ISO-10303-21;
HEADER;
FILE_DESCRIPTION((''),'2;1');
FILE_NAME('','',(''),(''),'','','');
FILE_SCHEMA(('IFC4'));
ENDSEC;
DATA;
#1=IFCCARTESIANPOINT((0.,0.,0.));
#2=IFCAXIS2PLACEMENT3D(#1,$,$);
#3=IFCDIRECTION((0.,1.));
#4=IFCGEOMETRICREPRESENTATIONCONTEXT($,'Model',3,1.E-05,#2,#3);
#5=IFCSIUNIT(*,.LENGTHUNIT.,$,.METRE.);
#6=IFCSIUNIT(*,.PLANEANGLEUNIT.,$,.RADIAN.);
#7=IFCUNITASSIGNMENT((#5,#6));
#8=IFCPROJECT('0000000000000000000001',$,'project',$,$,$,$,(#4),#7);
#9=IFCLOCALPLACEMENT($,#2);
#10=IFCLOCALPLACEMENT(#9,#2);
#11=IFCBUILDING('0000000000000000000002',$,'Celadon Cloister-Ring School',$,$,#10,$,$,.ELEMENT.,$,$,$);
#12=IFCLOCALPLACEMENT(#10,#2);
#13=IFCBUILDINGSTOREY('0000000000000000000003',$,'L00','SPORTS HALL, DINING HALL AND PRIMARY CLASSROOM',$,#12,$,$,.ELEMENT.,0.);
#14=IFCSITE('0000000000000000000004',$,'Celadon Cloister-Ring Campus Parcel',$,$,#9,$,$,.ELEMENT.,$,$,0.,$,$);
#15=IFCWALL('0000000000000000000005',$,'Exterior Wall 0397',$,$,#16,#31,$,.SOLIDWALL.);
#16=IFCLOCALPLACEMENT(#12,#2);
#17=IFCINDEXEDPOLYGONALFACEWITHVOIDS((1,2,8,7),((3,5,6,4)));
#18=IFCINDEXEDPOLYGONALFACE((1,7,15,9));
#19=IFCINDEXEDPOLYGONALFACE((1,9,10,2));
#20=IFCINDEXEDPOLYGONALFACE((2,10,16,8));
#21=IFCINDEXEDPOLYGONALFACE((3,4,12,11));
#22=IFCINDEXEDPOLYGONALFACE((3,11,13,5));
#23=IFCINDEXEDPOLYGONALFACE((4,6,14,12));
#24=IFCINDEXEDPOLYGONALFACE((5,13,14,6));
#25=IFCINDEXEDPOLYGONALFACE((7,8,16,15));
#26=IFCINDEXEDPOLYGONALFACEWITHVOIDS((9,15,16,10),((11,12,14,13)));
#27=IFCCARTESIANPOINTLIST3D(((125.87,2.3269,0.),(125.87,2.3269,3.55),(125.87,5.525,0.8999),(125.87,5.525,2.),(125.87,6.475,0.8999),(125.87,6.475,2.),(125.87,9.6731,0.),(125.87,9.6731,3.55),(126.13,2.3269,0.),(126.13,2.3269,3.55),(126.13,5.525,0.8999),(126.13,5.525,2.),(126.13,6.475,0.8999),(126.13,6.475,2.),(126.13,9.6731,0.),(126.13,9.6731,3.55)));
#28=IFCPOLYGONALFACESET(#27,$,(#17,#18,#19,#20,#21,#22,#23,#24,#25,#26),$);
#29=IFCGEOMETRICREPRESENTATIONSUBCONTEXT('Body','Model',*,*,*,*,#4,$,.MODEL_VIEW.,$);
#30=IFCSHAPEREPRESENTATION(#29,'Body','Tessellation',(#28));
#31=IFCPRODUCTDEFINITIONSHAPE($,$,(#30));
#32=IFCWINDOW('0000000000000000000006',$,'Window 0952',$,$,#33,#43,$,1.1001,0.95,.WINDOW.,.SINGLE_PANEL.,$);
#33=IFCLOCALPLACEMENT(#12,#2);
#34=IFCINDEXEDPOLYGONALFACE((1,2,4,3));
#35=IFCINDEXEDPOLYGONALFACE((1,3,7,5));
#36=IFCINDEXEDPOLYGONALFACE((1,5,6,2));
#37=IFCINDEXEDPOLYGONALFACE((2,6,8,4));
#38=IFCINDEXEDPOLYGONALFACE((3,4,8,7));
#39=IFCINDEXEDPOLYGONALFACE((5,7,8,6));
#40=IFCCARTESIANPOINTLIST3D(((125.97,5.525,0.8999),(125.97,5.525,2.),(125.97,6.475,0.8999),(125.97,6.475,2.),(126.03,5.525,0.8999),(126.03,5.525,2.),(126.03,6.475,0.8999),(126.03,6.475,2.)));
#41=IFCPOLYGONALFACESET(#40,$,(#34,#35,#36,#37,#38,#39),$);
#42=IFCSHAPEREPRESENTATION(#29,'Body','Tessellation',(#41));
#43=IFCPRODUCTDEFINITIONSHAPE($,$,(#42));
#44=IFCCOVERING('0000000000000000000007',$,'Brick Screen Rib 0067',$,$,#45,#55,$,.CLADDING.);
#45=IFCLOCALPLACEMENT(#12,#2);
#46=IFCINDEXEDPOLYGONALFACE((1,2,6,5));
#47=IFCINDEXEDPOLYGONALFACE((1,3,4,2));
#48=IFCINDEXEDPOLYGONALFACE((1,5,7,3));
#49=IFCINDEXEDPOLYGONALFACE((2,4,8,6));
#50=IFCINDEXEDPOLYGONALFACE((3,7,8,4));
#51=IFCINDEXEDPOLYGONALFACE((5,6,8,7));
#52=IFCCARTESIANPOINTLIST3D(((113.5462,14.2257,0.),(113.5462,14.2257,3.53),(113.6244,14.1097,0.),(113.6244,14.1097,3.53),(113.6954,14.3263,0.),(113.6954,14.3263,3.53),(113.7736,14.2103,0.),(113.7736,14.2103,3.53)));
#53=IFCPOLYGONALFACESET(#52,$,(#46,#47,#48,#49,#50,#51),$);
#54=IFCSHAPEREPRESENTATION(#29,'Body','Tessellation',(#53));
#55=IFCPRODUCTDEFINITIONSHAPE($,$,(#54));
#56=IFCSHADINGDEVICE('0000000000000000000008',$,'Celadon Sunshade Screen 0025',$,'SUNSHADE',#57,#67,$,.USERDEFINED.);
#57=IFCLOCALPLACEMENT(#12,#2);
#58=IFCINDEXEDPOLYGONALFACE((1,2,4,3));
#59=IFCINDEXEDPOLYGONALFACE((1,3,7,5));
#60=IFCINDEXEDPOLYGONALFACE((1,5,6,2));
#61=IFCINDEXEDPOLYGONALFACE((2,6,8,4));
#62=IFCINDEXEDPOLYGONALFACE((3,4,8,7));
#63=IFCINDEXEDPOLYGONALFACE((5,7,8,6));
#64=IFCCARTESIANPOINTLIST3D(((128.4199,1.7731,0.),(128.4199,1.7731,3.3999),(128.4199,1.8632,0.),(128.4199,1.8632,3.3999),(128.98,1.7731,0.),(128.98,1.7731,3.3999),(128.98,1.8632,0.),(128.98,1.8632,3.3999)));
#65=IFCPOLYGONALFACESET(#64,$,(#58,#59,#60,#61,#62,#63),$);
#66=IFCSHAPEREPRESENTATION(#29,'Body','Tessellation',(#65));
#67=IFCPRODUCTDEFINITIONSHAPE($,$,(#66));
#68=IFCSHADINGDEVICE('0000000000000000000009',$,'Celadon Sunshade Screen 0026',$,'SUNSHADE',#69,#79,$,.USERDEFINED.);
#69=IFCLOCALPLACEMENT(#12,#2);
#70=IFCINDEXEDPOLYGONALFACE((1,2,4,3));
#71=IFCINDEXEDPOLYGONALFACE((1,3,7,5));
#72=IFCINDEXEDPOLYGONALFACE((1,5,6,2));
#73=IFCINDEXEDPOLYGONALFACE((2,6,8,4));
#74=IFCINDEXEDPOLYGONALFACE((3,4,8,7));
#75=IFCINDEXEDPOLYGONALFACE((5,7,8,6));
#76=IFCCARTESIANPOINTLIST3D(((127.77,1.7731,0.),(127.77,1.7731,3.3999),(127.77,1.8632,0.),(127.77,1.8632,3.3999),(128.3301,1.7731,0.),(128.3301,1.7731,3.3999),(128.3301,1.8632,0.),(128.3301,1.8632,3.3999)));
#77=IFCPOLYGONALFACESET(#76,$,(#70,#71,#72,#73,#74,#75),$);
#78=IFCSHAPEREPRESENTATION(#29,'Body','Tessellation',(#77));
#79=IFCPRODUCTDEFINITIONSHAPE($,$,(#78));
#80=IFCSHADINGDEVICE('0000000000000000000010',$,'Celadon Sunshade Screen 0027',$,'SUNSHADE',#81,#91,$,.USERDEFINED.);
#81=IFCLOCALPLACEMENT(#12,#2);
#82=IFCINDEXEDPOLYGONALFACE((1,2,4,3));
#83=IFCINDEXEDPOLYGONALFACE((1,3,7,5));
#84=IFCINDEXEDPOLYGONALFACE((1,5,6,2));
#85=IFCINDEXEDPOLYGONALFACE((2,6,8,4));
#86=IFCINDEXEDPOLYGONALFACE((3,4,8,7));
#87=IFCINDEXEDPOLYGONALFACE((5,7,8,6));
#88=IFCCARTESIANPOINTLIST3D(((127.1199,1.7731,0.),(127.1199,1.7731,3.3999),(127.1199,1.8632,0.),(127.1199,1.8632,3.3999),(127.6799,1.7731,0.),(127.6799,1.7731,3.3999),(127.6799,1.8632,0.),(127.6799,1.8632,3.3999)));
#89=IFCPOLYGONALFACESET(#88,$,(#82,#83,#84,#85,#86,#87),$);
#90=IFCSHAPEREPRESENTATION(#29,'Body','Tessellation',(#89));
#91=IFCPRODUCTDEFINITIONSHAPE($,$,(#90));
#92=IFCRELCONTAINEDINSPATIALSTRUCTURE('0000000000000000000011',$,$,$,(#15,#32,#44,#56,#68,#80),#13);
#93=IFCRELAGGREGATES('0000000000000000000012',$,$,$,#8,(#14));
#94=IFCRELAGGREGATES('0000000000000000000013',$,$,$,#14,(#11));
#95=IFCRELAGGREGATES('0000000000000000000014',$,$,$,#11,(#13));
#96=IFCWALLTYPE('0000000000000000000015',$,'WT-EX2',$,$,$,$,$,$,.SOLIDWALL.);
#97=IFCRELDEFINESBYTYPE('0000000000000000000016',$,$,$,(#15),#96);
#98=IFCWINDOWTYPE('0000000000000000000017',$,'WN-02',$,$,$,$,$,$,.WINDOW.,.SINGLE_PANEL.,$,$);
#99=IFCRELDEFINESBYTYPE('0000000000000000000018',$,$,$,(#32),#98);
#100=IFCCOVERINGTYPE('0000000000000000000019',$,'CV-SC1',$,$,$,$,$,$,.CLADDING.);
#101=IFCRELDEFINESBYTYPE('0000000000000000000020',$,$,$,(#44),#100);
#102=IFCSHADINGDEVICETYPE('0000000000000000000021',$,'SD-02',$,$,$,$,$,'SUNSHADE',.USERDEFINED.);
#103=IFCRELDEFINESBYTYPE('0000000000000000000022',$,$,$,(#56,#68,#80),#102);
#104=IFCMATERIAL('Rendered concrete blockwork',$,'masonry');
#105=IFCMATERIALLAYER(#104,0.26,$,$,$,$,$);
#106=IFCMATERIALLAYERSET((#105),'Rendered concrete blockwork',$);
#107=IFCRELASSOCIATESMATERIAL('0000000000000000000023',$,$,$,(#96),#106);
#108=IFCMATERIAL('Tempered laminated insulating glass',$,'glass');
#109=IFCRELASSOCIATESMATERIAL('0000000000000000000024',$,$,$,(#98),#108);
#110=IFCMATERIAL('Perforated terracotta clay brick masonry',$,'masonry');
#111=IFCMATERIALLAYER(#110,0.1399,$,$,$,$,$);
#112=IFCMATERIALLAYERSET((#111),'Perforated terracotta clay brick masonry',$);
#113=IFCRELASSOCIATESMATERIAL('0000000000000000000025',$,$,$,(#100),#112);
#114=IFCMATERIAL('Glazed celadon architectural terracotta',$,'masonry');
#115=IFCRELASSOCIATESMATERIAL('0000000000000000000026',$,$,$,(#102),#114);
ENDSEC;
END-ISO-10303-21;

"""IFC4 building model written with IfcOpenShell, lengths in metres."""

from ifc_helpers import new_model, si_unit, direction, frame, frame_2d, origin, origin_2d, place, context, subcontext, project, spatial, rectangle, extrude, material, layer, layer_set, type_object, element, fill, save


model = new_model("IFC4")

# Units and contexts
model_context = context("Model", 3, precision=1e-05, world=origin(), true_north=direction((0.0, 1.0)))
body_context = subcontext(model_context, "Body", "Model", "MODEL_VIEW")
ifc_project = project(units=[si_unit("LENGTHUNIT", "METRE"), si_unit("PLANEANGLEUNIT", "RADIAN")], contexts=[model_context])

# Site, building, storey
site_placement = place(None, origin())
site = spatial("IfcSite", under=ifc_project, at=site_placement, Name="Celadon Cloister-Ring Campus Parcel", CompositionType="ELEMENT", RefElevation=0.0)
building_placement = place(site_placement, origin())
building = spatial("IfcBuilding", under=site, at=building_placement, Name="Celadon Cloister-Ring School", CompositionType="ELEMENT")
storey_placement = place(building_placement, origin())
storey = spatial("IfcBuildingStorey", under=building, at=storey_placement, Name="L00", Description="SPORTS HALL, DINING HALL AND PRIMARY CLASSROOM", CompositionType="ELEMENT", Elevation=0.0)

# Wall, opening, window
ifc_material_1 = material(Name="Rendered concrete blockwork", Category="masonry")
ifc_layer_1 = layer(ifc_material_1, 0.26)
ifc_layer_set_1 = layer_set([ifc_layer_1], Name="Rendered concrete blockwork")
wall_type = type_object("IfcWallType", Name="WT-EX2", PredefinedType="SOLIDWALL", material=ifc_layer_set_1)
wall_1_placement = place(storey_placement, frame((126.0, 2.3269, 0.0), z_axis=(0.0, 0.0, 1.0), x_axis=(0.0, 1.0, 0.0)))
wall_1 = element("IfcWall", 1, at=wall_1_placement, inside=storey, type_object=wall_type, Name="Exterior Wall 0397", PredefinedType="SOLIDWALL", context=body_context, shape_type="SweptSolid", body=[
    extrude(rectangle(XDim=7.3462, YDim=0.26, at=frame_2d((3.6731, 0.0))), origin(), (0.0, 0.0, 1.0), 3.55),
])
opening_1_placement = place(wall_1_placement, frame((3.198, 0.0, 0.8999)))
opening_1 = element("IfcOpeningElement", 2, at=opening_1_placement, cuts=wall_1, PredefinedType="OPENING", context=body_context, shape_type="SweptSolid", body=[
    extrude(rectangle(XDim=0.95, YDim=1.1001, at=frame_2d((0.4751, 0.55))), frame((0.0, 0.1401, 0.0), z_axis=(0.0, -1.0, 0.0), x_axis=(1.0, 0.0, 0.0)), (0.0, 0.0, 1.0), 0.28),
])
ifc_material_2 = material(Name="Tempered laminated insulating glass", Category="glass")
window_type = type_object("IfcWindowType", Name="WN-02", PartitioningType="SINGLE_PANEL", PredefinedType="WINDOW", material=ifc_material_2)
window_placement = place(opening_1_placement, origin())
window = element("IfcWindow", 3, at=window_placement, inside=storey, type_object=window_type, Name="Window 0952", OverallHeight=1.1001, OverallWidth=0.95, PartitioningType="SINGLE_PANEL", PredefinedType="WINDOW", context=body_context, shape_type="SweptSolid", body=[
    extrude(rectangle(XDim=0.95, YDim=1.1001, at=frame_2d((0.4751, 0.55))), frame((0.0, 0.03, 0.0), z_axis=(0.0, -1.0, 0.0), x_axis=(1.0, 0.0, 0.0)), (0.0, 0.0, 1.0), 0.0601),
])
fill(opening_1, window)

# Covering
ifc_material_3 = material(Name="Perforated terracotta clay brick masonry", Category="masonry")
ifc_layer_2 = layer(ifc_material_3, 0.1399)
ifc_layer_set_2 = layer_set([ifc_layer_2], Name="Perforated terracotta clay brick masonry")
covering_type = type_object("IfcCoveringType", Name="CV-SC1", PredefinedType="CLADDING", material=ifc_layer_set_2)
covering_placement = place(storey_placement, frame((113.6599, 14.218, 0.0), z_axis=(0.0, 0.0, 1.0), x_axis=(-0.829194, -0.558961, 0.0)))
element("IfcCovering", 4, at=covering_placement, inside=storey, type_object=covering_type, Name="Brick Screen Rib 0067", PredefinedType="CLADDING", context=body_context, shape_type="SweptSolid", body=[
    extrude(rectangle(XDim=0.1799, YDim=0.1399, at=origin_2d()), origin(), (0.0, 0.0, 1.0), 3.53),
])

# Shading devices
ifc_material_4 = material(Name="Glazed celadon architectural terracotta", Category="masonry")
shading_device_type = type_object("IfcShadingDeviceType", Name="SD-02", ElementType="SUNSHADE", PredefinedType="USERDEFINED", material=ifc_material_4)
for number, where, z_axis, x_axis, name in (
    (5, (128.7, 1.8181, 0.0), (0.0, 0.0, 1.0), (-1.0, 0.0, 0.0), "Celadon Sunshade Screen 0025"),
    (6, (128.05, 1.8181, 0.0), (0.0, 0.0, 1.0), (-1.0, 0.0, 0.0), "Celadon Sunshade Screen 0026"),
    (7, (127.3999, 1.8181, 0.0), (0.0, 0.0, 1.0), (-1.0, 0.0, 0.0), "Celadon Sunshade Screen 0027"),
):
    element("IfcShadingDevice", number, at=place(storey_placement, frame(where, z_axis=z_axis, x_axis=x_axis)), inside=storey, type_object=shading_device_type, Name=name, ObjectType="SUNSHADE", PredefinedType="USERDEFINED", context=body_context, shape_type="SweptSolid", body=[
        extrude(rectangle(XDim=0.5601, YDim=0.0901, at=origin_2d()), origin(), (0.0, 0.0, 1.0), 3.3999),
    ])

save(model, "model.ifc")
